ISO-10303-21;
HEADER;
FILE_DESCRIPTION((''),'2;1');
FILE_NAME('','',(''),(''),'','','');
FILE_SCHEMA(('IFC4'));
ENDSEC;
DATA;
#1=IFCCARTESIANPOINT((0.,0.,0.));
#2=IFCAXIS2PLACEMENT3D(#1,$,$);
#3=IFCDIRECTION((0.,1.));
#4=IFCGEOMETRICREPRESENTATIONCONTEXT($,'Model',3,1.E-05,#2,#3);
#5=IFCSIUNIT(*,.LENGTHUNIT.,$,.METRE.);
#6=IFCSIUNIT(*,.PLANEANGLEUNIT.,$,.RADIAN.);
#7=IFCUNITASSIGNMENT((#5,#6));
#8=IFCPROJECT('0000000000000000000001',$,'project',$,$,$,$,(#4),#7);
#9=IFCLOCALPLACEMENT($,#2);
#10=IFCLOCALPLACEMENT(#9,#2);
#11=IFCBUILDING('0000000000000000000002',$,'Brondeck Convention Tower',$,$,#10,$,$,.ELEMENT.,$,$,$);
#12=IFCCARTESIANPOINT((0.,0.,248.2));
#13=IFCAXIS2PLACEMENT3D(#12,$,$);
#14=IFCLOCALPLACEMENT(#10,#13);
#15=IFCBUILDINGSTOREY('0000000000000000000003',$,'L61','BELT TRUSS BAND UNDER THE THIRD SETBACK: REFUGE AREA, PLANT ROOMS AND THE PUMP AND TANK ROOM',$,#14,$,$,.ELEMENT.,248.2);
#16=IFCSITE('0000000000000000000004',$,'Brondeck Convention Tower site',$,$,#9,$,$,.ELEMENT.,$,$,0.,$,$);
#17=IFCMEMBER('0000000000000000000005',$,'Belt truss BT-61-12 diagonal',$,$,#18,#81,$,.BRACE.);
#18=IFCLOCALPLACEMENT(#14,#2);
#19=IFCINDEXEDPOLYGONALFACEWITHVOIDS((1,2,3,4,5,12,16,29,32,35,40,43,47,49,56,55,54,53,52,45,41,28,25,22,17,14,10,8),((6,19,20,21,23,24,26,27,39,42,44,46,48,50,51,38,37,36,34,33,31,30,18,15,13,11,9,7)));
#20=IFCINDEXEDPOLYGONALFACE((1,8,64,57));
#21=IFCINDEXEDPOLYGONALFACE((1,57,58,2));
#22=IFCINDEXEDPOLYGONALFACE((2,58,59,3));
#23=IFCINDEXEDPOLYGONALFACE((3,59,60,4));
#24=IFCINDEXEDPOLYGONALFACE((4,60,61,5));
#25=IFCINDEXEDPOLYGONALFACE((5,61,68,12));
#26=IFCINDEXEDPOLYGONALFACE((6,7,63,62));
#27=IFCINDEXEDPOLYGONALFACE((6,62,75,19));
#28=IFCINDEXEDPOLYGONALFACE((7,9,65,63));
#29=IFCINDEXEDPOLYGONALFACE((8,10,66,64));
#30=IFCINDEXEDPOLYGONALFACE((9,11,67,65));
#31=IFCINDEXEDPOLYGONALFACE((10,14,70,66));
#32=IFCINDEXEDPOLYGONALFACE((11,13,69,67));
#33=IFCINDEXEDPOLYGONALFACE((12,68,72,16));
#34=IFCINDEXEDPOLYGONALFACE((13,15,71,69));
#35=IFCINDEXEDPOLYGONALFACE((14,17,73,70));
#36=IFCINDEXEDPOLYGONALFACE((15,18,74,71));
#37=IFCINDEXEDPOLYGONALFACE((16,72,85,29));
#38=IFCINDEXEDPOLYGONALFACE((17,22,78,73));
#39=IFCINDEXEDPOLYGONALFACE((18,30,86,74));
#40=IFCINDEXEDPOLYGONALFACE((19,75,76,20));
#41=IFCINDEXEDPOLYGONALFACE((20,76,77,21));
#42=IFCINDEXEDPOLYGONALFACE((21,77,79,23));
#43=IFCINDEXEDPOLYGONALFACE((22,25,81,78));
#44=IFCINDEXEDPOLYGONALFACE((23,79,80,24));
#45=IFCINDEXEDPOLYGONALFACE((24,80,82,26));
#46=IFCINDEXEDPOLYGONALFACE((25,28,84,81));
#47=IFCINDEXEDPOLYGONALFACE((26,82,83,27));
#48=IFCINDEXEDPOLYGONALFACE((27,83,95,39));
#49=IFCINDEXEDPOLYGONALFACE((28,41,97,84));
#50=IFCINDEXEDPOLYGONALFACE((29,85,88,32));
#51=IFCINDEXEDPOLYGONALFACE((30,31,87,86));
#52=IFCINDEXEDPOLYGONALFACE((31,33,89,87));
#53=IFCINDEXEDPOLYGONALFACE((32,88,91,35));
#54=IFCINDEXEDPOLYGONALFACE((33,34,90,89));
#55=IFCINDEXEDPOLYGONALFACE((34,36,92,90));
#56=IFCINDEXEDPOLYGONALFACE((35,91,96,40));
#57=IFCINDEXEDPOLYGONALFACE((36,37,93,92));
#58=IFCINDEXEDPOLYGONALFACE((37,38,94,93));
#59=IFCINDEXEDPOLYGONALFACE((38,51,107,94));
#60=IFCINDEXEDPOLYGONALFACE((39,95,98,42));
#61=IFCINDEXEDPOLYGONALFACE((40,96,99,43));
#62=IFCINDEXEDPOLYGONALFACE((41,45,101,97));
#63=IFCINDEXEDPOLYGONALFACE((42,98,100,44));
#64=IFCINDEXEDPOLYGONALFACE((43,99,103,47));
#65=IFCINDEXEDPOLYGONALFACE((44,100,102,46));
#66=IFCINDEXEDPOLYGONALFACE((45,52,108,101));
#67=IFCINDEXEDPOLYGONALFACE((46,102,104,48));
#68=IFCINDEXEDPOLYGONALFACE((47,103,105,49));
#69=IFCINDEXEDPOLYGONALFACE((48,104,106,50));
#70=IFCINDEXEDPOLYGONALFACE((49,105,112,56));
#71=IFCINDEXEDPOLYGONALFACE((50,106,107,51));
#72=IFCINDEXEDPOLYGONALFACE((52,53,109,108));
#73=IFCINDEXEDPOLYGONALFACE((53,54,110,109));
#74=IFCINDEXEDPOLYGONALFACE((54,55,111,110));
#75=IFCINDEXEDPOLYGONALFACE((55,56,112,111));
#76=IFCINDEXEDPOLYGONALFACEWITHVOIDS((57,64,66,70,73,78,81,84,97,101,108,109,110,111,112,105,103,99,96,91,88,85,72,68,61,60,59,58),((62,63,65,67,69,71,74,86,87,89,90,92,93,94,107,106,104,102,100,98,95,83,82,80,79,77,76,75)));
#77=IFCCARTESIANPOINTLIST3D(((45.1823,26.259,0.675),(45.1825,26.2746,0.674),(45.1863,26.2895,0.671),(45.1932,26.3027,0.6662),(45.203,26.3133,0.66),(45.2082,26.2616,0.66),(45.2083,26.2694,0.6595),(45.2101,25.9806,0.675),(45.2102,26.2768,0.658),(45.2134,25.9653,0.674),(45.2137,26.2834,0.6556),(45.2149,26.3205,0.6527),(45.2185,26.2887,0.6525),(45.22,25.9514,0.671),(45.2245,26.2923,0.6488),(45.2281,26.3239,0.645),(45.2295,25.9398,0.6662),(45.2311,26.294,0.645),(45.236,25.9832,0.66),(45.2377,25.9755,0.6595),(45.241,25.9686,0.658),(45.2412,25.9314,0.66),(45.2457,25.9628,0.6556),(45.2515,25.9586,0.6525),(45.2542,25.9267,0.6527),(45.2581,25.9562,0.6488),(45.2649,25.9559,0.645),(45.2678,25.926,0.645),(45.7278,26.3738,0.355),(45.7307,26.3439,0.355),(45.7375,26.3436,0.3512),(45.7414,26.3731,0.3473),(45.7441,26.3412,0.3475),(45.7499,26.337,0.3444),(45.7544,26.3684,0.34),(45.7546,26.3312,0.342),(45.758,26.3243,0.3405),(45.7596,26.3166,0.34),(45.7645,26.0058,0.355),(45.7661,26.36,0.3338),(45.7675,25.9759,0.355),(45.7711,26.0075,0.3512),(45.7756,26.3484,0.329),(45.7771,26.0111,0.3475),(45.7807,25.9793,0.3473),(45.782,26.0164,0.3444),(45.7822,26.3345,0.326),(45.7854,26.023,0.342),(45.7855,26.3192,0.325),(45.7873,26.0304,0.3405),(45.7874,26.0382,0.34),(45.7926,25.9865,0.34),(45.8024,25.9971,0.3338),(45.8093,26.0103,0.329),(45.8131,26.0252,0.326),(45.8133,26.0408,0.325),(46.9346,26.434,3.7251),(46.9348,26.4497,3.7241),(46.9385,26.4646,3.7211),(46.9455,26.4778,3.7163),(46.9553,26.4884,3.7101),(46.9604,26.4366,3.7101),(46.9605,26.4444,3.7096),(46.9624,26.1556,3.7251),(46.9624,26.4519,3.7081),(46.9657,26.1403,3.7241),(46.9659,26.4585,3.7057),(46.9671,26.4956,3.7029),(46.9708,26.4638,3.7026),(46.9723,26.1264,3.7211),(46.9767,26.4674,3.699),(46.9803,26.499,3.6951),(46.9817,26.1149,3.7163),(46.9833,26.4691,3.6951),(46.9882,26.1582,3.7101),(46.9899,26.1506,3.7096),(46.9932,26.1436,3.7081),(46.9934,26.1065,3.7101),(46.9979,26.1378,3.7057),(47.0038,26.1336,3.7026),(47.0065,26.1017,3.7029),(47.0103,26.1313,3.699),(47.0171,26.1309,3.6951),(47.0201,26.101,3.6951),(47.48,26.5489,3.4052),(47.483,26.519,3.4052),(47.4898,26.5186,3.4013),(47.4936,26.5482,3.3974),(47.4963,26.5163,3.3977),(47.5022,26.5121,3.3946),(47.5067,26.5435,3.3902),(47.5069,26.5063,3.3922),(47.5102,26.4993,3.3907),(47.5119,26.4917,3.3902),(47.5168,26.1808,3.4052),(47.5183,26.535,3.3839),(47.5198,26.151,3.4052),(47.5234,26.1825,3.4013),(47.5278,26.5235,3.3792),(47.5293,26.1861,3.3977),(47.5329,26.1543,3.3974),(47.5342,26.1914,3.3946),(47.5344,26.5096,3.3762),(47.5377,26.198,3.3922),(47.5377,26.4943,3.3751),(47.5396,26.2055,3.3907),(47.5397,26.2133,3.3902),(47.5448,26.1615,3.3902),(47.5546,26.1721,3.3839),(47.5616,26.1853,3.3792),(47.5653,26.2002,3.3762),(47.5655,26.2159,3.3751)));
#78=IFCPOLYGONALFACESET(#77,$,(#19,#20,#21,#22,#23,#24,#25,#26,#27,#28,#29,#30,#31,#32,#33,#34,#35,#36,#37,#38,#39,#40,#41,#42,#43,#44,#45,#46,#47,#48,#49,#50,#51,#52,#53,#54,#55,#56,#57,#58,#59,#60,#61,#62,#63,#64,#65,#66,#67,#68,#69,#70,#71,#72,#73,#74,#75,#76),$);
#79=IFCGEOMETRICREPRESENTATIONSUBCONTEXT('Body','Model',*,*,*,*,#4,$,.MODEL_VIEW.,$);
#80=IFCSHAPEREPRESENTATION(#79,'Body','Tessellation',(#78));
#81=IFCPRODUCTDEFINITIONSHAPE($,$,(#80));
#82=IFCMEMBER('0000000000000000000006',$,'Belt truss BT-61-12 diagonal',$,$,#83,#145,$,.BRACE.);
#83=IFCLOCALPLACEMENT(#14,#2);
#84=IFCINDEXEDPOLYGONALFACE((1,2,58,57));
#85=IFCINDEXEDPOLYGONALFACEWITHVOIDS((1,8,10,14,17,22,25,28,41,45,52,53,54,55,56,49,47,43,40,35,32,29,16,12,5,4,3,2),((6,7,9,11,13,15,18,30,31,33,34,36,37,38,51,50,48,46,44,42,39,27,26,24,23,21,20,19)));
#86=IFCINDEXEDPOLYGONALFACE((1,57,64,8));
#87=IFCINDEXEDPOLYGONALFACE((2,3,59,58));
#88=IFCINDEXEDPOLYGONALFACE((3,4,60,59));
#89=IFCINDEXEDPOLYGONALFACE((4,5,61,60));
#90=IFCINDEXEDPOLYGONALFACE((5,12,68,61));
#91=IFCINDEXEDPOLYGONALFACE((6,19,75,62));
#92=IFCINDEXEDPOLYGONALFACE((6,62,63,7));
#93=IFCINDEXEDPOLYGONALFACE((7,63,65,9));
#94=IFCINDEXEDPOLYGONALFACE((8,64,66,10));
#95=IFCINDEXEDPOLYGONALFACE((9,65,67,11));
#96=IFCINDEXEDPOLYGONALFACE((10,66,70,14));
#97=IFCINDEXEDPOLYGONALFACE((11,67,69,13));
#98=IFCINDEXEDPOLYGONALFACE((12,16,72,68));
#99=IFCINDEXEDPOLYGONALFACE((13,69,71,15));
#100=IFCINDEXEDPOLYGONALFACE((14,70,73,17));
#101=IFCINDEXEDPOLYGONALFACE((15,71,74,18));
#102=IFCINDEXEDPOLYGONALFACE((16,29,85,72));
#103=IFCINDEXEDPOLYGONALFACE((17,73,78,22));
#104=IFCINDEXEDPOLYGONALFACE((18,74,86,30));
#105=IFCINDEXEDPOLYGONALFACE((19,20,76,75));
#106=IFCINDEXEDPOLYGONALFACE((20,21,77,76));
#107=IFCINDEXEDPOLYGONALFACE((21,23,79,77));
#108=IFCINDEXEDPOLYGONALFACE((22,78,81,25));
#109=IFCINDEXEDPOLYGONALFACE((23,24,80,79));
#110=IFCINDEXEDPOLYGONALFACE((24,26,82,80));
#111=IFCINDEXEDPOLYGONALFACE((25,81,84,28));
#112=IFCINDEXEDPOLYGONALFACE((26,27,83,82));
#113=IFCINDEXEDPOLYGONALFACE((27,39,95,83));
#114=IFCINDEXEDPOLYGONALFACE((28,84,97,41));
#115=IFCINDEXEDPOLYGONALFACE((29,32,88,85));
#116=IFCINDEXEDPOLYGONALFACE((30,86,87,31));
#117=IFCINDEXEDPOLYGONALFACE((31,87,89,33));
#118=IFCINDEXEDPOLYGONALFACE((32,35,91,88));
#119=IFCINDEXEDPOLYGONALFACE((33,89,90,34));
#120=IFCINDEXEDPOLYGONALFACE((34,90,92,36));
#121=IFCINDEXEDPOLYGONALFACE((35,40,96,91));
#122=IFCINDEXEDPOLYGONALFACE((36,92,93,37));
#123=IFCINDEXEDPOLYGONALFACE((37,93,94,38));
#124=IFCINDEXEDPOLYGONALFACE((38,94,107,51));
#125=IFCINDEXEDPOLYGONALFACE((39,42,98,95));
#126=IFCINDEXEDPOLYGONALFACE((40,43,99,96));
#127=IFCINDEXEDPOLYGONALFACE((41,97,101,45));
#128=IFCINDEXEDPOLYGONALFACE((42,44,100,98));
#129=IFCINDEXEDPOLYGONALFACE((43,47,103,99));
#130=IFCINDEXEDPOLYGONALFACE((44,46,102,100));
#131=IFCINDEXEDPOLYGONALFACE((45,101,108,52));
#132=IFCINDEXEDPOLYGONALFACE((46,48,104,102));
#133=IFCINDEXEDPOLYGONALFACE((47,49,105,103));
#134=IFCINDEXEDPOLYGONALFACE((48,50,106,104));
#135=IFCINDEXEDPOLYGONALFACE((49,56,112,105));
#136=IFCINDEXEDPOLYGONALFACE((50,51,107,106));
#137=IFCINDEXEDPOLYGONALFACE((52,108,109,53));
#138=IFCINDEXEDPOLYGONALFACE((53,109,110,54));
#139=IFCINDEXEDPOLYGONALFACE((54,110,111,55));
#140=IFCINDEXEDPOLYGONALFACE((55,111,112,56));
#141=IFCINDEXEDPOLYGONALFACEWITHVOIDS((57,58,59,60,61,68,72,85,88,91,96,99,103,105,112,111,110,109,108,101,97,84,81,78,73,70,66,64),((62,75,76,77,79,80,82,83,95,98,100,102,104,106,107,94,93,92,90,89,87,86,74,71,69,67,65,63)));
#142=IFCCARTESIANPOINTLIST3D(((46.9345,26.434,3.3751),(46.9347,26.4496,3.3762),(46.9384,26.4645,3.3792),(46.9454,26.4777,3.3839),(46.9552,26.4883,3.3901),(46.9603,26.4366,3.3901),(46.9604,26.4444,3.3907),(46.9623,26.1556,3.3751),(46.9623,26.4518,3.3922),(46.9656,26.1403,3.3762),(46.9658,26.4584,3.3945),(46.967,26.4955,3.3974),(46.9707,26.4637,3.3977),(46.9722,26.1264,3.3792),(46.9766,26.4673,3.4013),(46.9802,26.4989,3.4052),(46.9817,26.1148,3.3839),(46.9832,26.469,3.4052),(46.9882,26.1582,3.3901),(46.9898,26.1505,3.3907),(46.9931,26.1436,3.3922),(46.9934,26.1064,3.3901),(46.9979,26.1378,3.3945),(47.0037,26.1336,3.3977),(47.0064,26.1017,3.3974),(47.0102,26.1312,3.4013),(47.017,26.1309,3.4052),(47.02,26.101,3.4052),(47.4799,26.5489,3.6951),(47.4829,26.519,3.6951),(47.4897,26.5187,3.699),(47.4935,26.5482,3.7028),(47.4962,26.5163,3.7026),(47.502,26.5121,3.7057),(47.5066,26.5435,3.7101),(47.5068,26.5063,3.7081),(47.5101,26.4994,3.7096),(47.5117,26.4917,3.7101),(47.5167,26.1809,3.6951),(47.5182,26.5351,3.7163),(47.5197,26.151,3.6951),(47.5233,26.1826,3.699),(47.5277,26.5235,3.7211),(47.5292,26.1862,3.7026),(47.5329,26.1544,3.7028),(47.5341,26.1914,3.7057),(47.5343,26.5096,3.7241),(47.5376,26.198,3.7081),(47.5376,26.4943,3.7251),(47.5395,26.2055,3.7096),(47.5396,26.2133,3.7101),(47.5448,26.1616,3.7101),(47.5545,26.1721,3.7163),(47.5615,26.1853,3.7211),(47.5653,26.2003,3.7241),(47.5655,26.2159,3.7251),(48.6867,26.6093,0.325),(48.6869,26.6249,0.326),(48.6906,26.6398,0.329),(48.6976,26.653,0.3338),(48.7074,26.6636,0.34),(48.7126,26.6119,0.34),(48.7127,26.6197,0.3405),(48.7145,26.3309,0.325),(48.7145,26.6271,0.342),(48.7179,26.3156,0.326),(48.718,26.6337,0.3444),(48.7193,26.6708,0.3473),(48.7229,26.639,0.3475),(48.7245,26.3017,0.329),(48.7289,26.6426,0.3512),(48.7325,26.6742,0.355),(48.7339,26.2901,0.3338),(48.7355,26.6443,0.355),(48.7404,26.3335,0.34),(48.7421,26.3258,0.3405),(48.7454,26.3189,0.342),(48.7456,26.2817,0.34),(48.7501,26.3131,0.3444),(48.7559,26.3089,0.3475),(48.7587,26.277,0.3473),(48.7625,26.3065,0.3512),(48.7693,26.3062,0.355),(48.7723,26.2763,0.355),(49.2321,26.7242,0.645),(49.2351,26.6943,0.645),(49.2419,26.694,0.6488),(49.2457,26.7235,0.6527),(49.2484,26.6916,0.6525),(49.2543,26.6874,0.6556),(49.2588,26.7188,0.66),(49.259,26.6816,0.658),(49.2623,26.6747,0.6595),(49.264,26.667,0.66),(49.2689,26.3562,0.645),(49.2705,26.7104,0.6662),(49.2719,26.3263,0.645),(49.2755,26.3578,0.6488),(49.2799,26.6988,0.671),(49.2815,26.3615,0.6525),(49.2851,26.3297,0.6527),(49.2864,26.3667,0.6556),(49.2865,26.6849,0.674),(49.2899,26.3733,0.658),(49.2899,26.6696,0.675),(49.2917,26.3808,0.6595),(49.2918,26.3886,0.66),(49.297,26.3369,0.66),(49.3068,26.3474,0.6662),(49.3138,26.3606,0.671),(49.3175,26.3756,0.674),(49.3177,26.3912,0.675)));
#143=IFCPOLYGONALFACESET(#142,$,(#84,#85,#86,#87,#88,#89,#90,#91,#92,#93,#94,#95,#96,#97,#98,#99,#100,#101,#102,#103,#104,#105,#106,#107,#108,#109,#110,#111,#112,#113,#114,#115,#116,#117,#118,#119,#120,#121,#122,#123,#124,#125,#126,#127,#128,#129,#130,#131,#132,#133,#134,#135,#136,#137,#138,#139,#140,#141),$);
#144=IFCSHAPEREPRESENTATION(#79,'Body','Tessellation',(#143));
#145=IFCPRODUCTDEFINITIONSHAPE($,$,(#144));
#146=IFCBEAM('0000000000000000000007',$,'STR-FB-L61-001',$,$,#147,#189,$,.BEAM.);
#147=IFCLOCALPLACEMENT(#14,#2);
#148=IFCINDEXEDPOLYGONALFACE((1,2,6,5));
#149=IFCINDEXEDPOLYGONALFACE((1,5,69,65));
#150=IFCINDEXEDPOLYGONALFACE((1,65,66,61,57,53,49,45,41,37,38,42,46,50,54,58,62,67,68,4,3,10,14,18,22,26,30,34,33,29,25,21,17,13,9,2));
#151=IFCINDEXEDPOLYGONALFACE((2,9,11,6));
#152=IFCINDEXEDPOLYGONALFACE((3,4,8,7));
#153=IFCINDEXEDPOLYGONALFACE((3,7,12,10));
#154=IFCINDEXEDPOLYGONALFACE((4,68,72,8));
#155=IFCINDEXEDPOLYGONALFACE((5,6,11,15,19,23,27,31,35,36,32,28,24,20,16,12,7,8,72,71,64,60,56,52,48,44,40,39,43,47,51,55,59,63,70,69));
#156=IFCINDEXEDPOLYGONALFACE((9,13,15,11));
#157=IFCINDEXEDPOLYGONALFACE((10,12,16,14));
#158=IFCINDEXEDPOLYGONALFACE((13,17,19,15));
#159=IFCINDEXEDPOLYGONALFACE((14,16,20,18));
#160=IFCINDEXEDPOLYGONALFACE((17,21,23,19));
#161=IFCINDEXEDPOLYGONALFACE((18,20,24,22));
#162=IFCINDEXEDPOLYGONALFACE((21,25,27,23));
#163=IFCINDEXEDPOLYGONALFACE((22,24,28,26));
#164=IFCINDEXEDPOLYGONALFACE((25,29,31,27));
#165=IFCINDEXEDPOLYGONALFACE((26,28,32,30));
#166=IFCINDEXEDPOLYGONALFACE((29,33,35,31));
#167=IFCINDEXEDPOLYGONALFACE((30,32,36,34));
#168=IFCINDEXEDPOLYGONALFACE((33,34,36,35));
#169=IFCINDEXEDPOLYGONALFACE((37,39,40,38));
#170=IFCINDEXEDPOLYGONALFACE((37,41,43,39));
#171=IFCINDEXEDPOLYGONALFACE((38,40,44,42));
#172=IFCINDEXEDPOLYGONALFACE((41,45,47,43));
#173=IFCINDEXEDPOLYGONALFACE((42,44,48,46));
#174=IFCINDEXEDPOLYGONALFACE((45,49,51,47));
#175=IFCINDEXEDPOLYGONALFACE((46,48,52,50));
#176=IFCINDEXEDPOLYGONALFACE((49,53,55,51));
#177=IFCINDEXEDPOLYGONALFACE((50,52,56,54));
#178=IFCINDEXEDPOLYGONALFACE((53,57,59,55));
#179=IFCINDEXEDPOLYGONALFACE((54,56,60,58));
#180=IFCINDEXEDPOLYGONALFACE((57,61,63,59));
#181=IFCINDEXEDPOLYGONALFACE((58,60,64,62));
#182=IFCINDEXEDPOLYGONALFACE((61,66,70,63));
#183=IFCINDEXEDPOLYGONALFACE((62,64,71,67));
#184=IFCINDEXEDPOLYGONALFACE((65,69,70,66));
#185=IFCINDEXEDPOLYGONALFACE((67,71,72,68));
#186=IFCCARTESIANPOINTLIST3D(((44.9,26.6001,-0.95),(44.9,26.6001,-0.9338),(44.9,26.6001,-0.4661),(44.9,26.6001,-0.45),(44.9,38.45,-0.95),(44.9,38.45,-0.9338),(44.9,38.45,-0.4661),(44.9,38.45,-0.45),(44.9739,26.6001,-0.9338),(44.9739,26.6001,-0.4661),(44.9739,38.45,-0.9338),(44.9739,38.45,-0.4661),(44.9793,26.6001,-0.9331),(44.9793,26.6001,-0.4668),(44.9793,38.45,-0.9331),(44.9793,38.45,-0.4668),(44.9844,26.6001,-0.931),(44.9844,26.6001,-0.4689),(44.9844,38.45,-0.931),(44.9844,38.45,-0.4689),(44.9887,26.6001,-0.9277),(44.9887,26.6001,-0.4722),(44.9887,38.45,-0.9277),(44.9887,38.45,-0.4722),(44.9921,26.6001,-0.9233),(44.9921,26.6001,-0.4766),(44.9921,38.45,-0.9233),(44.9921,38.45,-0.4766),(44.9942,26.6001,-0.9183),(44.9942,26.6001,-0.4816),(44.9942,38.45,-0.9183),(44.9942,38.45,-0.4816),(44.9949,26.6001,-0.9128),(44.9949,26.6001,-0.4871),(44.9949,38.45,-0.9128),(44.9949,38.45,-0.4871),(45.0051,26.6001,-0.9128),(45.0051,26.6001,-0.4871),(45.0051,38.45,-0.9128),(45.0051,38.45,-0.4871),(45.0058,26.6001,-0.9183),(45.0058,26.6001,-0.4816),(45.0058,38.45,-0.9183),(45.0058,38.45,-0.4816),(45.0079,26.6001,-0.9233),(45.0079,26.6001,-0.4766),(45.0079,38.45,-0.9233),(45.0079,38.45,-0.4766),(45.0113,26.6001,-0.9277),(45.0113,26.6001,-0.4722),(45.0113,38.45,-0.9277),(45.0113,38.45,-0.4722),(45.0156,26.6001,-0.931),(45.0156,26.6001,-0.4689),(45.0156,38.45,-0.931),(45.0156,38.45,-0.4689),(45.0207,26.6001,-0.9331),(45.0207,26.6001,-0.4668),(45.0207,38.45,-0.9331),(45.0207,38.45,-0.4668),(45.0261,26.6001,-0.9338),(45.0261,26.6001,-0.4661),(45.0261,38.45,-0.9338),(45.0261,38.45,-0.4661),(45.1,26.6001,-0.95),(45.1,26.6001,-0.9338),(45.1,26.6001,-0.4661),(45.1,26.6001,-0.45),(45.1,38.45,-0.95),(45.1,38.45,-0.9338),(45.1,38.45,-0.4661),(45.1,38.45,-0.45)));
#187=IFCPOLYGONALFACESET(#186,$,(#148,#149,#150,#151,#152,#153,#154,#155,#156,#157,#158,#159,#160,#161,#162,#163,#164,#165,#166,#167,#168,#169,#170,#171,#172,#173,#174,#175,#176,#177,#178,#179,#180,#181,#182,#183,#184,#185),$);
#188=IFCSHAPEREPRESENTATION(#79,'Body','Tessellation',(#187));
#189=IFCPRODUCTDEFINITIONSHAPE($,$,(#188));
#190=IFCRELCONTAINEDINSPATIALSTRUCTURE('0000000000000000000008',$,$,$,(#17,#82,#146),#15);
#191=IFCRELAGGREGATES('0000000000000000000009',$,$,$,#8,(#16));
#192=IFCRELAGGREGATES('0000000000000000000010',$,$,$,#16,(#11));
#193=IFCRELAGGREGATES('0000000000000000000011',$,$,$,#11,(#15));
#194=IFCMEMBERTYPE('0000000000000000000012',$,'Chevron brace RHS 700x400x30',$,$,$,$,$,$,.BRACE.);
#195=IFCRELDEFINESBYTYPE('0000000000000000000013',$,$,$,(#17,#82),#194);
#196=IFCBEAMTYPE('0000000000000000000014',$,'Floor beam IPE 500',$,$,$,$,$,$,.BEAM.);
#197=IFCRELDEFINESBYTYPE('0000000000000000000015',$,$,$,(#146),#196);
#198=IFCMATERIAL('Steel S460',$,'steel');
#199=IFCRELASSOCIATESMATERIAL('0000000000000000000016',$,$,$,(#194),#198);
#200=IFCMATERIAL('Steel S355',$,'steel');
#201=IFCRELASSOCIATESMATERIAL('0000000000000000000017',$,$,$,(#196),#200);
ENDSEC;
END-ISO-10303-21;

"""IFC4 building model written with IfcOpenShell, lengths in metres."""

from ifc_helpers import new_model, si_unit, direction, frame, origin, origin_2d, place, context, subcontext, project, spatial, hollow_rectangle, i_section, extrude, material, material_profile, profile_set, type_object, element, save


model = new_model("IFC4")

# Units and contexts
model_context = context("Model", 3, precision=1e-05, world=origin(), true_north=direction((0.0, 1.0)))
body_context = subcontext(model_context, "Body", "Model", "MODEL_VIEW")
ifc_project = project(units=[si_unit("LENGTHUNIT", "METRE"), si_unit("PLANEANGLEUNIT", "RADIAN")], contexts=[model_context])

# Site, building, storey
site_placement = place(None, origin())
site = spatial("IfcSite", under=ifc_project, at=site_placement, Name="Brondeck Convention Tower site", CompositionType="ELEMENT", RefElevation=0.0)
building_placement = place(site_placement, origin())
building = spatial("IfcBuilding", under=site, at=building_placement, Name="Brondeck Convention Tower", CompositionType="ELEMENT")
storey_placement = place(building_placement, frame((0.0, 0.0, 248.2)))
storey = spatial("IfcBuildingStorey", under=building, at=storey_placement, Name="L61", Description="BELT TRUSS BAND UNDER THE THIRD SETBACK: REFUGE AREA, PLANT ROOMS AND THE PUMP AND TANK ROOM", CompositionType="ELEMENT", Elevation=248.2)

# Members
ifc_material_1 = material(Name="Steel S460", Category="steel")
ifc_material_profile_1 = material_profile(ifc_material_1, hollow_rectangle(XDim=0.3999, YDim=0.7, WallThickness=0.03, InnerFilletRadius=0.03, OuterFilletRadius=0.0601, at=origin_2d()), Name="RHS 700x400x30")
ifc_profile_set_1 = profile_set([ifc_material_profile_1], Name="Steel S460")
member_type_1 = type_object("IfcMemberType", Name="Chevron brace RHS 700x400x30", PredefinedType="BRACE", material=ifc_profile_set_1)
for number, where, z_axis, x_axis, name in (
    (1, (45.4978, 26.1499, 0.5), (0.497518, 0.049703, 0.866029), (-0.099408, 0.995047, 0.0), "Belt truss BT-61-12 diagonal"),
    (2, (49.0022, 26.5002, 0.5), (-0.497516, -0.049772, 0.866026), (0.099545, -0.995033, 0.0), "Belt truss BT-61-12 diagonal"),
):
    element("IfcMember", number, at=place(storey_placement, frame(where, z_axis=z_axis, x_axis=x_axis)), inside=storey, type_object=member_type_1, Name=name, PredefinedType="BRACE", context=body_context, shape_type="SweptSolid", body=[
        extrude(hollow_rectangle(XDim=0.3999, YDim=0.7, WallThickness=0.03, InnerFilletRadius=0.03, OuterFilletRadius=0.0601, at=origin_2d()), origin(), (0.0, 0.0, 1.0), 3.522),
    ])

# Beam
ifc_material_2 = material(Name="Steel S355", Category="steel")
ifc_material_profile_2 = material_profile(ifc_material_2, i_section(OverallWidth=0.2, OverallDepth=0.5, WebThickness=0.0103, FlangeThickness=0.0161, FilletRadius=0.021, at=origin_2d()), Name="IPE 500")
ifc_profile_set_2 = profile_set([ifc_material_profile_2], Name="Steel S355")
beam_type_1 = type_object("IfcBeamType", Name="Floor beam IPE 500", PredefinedType="BEAM", material=ifc_profile_set_2)
beam_1_placement = place(storey_placement, frame((45.0, 26.6001, -0.7), z_axis=(0.0, 1.0, 0.0), x_axis=(-1.0, 0.0, 0.0)))
element("IfcBeam", 3, at=beam_1_placement, inside=storey, type_object=beam_type_1, Name="STR-FB-L61-001", PredefinedType="BEAM", context=body_context, shape_type="SweptSolid", body=[
    extrude(i_section(OverallWidth=0.2, OverallDepth=0.5, WebThickness=0.0103, FlangeThickness=0.0161, FilletRadius=0.021, at=origin_2d()), origin(), (0.0, 0.0, 1.0), 11.8499),
])

save(model, "model.ifc")
